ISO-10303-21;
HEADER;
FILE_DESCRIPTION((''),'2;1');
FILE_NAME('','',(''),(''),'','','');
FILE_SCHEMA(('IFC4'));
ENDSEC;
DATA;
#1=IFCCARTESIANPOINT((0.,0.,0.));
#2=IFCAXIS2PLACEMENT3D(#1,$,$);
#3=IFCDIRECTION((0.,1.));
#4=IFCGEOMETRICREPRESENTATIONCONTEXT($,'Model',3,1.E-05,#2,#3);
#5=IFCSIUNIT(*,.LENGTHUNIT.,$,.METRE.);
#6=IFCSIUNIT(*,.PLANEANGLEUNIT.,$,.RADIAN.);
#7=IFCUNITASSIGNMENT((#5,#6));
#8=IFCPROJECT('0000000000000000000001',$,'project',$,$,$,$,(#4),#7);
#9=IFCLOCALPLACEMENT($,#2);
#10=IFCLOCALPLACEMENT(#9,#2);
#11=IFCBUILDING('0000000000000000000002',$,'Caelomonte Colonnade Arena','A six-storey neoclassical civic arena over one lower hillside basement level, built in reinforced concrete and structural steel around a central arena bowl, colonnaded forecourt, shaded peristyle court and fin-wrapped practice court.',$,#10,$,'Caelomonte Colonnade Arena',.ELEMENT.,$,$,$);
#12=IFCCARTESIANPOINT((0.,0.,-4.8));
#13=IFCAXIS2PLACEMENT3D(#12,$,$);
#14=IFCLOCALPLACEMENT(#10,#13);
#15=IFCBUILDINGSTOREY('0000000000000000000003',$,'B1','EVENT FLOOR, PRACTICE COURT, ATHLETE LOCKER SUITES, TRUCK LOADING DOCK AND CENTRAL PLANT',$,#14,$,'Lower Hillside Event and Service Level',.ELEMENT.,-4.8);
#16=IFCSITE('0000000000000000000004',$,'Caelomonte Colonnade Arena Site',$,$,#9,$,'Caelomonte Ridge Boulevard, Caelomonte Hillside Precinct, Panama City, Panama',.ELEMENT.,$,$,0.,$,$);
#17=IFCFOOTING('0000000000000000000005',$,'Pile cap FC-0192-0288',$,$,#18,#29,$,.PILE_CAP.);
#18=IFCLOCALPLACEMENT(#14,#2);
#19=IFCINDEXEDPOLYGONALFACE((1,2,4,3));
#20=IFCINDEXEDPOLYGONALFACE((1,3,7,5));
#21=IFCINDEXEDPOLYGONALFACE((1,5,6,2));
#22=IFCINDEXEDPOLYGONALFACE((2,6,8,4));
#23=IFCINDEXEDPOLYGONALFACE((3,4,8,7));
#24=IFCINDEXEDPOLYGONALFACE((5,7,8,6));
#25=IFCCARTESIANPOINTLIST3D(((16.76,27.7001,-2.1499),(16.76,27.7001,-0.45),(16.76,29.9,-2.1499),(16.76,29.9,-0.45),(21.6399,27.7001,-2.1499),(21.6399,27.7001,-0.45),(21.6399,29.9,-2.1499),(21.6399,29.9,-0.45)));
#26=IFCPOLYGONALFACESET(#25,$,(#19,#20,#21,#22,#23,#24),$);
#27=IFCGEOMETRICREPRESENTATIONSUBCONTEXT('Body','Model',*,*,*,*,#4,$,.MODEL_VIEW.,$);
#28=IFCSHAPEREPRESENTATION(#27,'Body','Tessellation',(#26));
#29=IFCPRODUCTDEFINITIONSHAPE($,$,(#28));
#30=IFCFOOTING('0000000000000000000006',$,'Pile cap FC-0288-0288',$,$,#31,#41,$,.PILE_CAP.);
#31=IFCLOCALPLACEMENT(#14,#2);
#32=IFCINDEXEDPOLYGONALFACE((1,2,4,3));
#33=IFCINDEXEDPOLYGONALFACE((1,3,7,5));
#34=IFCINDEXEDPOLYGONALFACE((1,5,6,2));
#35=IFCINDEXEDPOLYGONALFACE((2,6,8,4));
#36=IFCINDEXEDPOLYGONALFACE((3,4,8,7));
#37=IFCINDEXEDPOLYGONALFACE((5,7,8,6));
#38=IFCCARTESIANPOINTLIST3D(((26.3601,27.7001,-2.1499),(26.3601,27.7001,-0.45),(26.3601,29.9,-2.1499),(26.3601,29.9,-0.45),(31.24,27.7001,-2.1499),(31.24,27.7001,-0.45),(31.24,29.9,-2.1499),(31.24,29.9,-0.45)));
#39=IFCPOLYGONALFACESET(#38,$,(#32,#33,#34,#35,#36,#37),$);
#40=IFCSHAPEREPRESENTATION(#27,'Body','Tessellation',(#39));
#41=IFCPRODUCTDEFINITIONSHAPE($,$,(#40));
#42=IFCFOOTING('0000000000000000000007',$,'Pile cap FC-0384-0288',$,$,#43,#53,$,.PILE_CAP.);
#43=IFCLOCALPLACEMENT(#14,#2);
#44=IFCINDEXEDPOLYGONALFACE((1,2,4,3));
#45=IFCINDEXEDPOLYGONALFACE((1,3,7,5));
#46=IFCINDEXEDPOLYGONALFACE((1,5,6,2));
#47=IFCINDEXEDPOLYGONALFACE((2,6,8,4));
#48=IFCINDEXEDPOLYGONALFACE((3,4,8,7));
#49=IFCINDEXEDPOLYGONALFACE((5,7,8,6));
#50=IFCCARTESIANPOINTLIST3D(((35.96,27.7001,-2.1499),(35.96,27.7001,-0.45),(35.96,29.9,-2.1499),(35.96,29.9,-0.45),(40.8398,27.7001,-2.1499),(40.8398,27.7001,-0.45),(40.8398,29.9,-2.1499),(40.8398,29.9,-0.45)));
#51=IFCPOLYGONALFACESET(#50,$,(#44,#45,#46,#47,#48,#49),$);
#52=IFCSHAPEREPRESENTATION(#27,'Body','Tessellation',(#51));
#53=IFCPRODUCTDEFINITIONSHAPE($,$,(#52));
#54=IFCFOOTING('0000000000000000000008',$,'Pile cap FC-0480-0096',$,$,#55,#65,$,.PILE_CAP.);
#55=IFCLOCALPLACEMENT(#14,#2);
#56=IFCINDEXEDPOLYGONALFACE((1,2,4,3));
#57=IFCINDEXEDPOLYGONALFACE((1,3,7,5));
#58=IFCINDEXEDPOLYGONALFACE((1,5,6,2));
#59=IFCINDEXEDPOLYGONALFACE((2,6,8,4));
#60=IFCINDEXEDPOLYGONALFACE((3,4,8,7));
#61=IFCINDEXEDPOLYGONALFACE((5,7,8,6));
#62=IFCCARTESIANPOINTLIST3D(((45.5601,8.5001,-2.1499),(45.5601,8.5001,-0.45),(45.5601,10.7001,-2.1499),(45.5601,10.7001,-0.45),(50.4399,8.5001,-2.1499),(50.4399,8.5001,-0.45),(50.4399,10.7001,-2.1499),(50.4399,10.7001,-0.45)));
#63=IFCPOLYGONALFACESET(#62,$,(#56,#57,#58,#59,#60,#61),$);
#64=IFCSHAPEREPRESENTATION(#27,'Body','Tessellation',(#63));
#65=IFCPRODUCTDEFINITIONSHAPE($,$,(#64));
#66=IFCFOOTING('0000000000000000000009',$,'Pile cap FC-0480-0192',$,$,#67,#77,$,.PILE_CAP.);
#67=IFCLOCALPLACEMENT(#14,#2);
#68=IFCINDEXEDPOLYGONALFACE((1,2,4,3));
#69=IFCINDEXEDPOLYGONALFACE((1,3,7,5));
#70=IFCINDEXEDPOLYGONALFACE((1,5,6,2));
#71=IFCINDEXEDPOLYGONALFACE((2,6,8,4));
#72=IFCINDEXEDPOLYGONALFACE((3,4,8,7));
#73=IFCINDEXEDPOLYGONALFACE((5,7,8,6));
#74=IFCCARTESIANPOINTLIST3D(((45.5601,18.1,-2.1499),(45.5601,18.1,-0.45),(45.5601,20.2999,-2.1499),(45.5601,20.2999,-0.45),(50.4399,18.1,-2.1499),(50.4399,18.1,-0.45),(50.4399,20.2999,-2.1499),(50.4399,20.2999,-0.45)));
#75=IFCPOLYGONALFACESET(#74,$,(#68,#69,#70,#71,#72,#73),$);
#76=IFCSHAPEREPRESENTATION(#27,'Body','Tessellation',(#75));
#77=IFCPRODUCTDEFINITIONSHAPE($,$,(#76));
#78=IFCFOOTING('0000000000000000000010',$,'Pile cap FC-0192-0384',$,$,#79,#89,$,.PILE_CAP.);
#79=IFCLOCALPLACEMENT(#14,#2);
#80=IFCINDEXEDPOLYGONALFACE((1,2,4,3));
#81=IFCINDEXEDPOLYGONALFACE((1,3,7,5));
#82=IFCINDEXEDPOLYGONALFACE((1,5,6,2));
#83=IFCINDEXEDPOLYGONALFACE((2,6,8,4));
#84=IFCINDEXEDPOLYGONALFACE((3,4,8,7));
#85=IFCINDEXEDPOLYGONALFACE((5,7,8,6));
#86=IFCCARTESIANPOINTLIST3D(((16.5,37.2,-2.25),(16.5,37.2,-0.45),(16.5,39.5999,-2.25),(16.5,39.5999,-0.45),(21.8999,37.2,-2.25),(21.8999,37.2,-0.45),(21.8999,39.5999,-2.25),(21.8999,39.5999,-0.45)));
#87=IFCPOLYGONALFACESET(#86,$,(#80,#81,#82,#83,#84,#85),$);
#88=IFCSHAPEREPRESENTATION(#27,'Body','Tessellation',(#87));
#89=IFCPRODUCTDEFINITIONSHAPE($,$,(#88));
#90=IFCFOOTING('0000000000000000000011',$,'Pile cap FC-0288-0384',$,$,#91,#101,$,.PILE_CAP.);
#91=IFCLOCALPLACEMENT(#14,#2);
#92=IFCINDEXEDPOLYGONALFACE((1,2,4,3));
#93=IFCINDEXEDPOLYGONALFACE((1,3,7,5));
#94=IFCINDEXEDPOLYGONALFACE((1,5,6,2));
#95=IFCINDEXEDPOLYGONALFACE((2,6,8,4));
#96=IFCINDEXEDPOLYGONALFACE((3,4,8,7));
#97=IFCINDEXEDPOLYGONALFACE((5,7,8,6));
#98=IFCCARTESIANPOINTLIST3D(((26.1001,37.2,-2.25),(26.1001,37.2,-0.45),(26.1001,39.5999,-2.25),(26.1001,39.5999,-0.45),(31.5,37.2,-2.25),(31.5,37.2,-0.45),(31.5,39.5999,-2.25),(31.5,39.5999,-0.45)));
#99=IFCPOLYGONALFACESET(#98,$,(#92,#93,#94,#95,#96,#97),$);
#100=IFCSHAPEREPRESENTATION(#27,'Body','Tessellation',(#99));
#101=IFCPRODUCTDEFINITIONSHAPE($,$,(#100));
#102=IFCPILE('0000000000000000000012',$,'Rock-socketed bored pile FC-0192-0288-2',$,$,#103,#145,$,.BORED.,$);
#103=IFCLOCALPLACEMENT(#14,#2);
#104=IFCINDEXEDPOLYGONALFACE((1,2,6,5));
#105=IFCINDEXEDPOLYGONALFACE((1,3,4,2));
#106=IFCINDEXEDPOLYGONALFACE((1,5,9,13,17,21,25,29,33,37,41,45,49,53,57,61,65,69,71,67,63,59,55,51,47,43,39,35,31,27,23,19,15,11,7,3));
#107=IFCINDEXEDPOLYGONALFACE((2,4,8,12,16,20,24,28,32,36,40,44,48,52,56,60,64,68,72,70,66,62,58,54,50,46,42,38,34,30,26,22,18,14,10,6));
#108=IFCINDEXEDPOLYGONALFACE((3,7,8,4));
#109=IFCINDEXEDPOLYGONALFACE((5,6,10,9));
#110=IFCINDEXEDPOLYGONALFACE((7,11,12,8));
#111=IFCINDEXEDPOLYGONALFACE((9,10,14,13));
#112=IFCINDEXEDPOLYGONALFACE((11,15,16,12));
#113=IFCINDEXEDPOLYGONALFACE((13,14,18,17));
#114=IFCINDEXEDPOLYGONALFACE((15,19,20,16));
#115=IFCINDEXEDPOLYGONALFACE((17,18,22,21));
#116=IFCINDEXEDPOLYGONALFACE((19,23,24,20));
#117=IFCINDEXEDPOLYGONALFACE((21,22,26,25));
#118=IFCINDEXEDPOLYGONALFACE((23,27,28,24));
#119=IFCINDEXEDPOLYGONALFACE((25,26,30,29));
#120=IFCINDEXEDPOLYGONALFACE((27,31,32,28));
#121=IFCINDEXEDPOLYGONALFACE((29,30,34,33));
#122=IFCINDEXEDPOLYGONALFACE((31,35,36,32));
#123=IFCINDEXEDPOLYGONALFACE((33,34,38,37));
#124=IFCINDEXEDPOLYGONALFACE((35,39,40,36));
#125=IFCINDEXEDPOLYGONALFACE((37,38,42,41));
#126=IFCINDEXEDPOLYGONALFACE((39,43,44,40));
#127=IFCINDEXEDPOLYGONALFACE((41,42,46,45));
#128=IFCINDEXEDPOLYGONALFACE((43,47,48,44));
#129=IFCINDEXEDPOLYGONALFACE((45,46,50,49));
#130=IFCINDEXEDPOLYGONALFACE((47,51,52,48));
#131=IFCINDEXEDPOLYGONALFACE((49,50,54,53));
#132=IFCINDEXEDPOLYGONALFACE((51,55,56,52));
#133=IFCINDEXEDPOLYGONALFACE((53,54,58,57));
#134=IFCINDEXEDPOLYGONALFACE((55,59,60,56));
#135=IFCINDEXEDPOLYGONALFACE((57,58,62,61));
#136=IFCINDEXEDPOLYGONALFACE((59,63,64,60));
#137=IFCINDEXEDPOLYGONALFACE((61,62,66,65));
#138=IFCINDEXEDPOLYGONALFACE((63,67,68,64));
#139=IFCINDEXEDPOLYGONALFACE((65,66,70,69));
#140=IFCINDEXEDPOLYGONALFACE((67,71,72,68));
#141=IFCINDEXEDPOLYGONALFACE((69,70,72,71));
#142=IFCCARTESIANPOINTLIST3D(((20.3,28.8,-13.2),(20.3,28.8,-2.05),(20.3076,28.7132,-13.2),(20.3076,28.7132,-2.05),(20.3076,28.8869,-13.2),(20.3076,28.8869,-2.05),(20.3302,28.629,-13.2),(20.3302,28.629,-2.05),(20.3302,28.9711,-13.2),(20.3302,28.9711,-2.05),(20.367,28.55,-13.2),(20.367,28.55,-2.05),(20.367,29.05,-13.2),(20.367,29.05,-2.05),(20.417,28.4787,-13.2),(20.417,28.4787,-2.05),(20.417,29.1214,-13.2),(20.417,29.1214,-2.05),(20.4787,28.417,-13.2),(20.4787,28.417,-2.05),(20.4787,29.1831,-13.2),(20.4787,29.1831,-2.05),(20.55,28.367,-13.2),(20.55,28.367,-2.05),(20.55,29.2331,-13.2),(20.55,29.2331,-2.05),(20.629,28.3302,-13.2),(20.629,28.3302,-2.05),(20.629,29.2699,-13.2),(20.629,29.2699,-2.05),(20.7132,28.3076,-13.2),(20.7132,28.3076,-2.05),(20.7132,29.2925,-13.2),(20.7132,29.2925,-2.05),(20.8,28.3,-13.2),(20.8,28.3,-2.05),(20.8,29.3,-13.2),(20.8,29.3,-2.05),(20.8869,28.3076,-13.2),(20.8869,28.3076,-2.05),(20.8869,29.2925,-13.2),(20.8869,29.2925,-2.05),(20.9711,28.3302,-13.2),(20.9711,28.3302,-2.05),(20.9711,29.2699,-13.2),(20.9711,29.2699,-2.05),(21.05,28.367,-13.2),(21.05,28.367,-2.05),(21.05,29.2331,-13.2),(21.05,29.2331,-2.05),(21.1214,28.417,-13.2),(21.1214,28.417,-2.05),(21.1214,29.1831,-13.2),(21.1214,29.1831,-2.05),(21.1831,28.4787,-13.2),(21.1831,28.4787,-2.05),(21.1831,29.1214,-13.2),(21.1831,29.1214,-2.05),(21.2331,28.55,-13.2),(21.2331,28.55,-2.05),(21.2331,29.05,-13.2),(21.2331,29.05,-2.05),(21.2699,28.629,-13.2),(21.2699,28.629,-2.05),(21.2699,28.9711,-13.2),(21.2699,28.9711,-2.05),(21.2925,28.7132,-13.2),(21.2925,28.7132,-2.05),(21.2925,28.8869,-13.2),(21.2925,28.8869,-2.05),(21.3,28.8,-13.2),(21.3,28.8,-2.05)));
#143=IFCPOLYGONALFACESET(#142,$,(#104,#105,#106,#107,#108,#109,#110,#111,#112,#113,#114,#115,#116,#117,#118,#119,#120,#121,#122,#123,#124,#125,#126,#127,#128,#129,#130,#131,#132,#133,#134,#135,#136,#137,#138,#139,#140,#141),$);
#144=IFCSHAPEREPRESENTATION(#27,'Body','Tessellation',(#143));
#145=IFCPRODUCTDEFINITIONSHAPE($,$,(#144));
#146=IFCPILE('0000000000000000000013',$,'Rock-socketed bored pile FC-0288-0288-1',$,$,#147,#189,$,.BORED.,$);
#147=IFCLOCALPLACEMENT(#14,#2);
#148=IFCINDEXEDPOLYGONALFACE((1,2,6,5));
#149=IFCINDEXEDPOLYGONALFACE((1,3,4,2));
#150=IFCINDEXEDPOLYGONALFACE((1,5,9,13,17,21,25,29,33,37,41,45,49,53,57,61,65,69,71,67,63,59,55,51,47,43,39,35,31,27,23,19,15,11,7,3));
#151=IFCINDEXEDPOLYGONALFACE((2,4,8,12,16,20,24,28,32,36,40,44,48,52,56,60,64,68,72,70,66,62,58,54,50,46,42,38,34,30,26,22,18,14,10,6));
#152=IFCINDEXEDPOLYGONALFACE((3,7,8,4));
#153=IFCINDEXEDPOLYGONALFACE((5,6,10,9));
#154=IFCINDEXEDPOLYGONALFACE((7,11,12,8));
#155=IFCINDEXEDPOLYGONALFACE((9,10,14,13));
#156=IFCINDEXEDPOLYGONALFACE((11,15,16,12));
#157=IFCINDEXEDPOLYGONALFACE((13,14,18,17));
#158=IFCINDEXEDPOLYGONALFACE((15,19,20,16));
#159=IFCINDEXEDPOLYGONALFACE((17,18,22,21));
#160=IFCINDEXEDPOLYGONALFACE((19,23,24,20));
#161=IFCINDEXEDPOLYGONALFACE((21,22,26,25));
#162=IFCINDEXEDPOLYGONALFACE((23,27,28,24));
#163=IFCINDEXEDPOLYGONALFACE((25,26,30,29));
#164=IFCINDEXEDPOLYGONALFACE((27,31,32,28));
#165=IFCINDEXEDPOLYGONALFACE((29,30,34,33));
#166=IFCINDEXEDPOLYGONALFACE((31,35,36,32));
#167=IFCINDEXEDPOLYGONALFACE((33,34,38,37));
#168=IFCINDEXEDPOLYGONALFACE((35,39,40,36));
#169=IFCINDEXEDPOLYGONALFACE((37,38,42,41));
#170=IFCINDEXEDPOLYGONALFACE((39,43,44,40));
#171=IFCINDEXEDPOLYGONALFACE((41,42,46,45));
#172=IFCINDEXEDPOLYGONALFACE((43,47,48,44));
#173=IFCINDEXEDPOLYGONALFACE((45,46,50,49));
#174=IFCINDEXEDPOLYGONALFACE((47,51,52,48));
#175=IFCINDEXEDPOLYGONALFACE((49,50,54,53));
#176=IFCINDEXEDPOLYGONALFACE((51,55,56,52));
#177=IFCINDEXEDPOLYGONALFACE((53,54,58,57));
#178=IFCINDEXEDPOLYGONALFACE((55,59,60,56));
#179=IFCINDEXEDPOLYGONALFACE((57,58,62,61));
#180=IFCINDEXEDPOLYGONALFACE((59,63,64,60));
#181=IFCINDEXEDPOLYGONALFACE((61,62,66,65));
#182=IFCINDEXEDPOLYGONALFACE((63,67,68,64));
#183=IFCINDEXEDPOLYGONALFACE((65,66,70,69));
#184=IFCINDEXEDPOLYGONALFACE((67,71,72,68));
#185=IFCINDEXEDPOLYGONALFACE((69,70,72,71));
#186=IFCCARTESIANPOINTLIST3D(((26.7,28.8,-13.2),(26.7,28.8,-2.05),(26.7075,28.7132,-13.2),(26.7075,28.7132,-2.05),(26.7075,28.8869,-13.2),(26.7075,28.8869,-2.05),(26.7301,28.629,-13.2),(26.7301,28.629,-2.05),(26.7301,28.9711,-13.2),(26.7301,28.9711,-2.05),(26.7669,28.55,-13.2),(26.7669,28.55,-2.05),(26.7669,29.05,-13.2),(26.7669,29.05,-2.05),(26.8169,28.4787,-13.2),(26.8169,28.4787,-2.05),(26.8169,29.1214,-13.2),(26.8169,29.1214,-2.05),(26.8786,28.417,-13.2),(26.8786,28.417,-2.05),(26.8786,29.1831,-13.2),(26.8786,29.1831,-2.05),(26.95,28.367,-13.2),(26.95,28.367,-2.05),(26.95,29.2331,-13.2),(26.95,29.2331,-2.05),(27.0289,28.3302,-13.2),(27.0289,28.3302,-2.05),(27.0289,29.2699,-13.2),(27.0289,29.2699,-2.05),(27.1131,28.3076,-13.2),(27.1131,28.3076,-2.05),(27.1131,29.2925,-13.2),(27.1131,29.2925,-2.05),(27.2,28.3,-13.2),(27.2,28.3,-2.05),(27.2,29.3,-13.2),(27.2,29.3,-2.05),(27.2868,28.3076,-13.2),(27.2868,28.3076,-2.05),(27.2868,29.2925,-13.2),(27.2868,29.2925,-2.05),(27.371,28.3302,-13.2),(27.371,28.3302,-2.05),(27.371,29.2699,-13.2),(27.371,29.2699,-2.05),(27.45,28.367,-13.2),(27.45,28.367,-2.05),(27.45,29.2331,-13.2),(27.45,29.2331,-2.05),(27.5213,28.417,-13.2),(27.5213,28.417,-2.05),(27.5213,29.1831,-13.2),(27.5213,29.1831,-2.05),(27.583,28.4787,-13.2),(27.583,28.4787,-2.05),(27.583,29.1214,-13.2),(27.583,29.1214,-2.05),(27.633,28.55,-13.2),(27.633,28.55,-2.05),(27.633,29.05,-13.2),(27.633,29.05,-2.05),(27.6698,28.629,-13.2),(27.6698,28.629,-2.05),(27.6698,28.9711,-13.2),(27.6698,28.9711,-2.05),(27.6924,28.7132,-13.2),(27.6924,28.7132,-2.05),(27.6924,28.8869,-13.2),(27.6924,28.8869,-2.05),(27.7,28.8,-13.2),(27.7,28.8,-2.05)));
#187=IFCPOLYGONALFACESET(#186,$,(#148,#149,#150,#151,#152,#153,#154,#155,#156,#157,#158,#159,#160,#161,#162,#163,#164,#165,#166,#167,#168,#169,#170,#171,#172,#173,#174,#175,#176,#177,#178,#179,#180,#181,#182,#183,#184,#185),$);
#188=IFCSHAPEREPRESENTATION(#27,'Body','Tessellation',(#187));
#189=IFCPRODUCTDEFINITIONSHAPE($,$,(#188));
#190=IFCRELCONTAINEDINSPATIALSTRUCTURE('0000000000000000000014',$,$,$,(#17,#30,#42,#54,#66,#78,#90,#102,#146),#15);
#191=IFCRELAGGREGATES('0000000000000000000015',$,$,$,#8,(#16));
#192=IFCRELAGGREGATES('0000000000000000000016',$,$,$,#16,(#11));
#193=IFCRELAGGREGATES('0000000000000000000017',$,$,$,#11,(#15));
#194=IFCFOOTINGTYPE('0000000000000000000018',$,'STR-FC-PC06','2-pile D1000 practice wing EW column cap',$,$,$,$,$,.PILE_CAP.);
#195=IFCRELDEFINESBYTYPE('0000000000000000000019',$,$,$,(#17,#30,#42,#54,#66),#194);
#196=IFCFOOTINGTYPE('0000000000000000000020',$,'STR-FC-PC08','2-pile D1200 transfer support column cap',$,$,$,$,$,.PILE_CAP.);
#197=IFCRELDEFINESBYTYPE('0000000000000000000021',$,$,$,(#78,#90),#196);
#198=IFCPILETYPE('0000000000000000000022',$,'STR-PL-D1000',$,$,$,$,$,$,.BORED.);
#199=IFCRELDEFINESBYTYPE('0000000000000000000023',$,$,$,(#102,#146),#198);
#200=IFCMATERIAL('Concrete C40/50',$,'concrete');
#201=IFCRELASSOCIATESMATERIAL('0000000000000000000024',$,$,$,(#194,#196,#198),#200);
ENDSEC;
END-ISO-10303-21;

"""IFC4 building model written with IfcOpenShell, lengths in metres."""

from ifc_helpers import new_model, si_unit, direction, frame, origin, origin_2d, place, context, subcontext, project, spatial, rectangle, circle, extrude, material, material_profile, profile_set, type_object, element, save


model = new_model("IFC4")

# Units and contexts
model_context = context("Model", 3, precision=1e-05, world=origin(), true_north=direction((0.0, 1.0)))
body_context = subcontext(model_context, "Body", "Model", "MODEL_VIEW")
ifc_project = project(units=[si_unit("LENGTHUNIT", "METRE"), si_unit("PLANEANGLEUNIT", "RADIAN")], contexts=[model_context])

# Site, building, storey
site_placement = place(None, origin())
site = spatial("IfcSite", under=ifc_project, at=site_placement, Name="Caelomonte Colonnade Arena Site", LongName="Caelomonte Ridge Boulevard, Caelomonte Hillside Precinct, Panama City, Panama", CompositionType="ELEMENT", RefElevation=0.0)
building_placement = place(site_placement, origin())
building = spatial("IfcBuilding", under=site, at=building_placement, Name="Caelomonte Colonnade Arena", Description="A six-storey neoclassical civic arena over one lower hillside basement level, built in reinforced concrete and structural steel around a central arena bowl, colonnaded forecourt, shaded peristyle court and fin-wrapped practice court.", LongName="Caelomonte Colonnade Arena", CompositionType="ELEMENT")
storey_placement = place(building_placement, frame((0.0, 0.0, -4.8)))
storey = spatial("IfcBuildingStorey", under=building, at=storey_placement, Name="B1", Description="EVENT FLOOR, PRACTICE COURT, ATHLETE LOCKER SUITES, TRUCK LOADING DOCK AND CENTRAL PLANT", LongName="Lower Hillside Event and Service Level", CompositionType="ELEMENT", Elevation=-4.8)

# Footings
ifc_material_1 = material(Name="Concrete C40/50", Category="concrete")
footing_type_1 = type_object("IfcFootingType", Name="STR-FC-PC06", Description="2-pile D1000 practice wing EW column cap", PredefinedType="PILE_CAP", material=ifc_material_1)
for number, where, z_axis, x_axis, name in (
    (1, (19.2, 28.8, -2.1499), (0.0, 0.0, 1.0), (1.0, 0.0, 0.0), "Pile cap FC-0192-0288"),
    (2, (28.8, 28.8, -2.1499), (0.0, 0.0, 1.0), (1.0, 0.0, 0.0), "Pile cap FC-0288-0288"),
    (3, (38.3999, 28.8, -2.1499), (0.0, 0.0, 1.0), (1.0, 0.0, 0.0), "Pile cap FC-0384-0288"),
    (4, (48.0, 9.6001, -2.1499), (0.0, 0.0, 1.0), (1.0, 0.0, 0.0), "Pile cap FC-0480-0096"),
    (5, (48.0, 19.2, -2.1499), (0.0, 0.0, 1.0), (1.0, 0.0, 0.0), "Pile cap FC-0480-0192"),
):
    element("IfcFooting", number, at=place(storey_placement, frame(where, z_axis=z_axis, x_axis=x_axis)), inside=storey, type_object=footing_type_1, Name=name, PredefinedType="PILE_CAP", context=body_context, shape_type="SweptSolid", body=[
        extrude(rectangle(XDim=4.8799, YDim=2.2, at=origin_2d()), origin(), (0.0, 0.0, 1.0), 1.7),
    ])
footing_type_2 = type_object("IfcFootingType", Name="STR-FC-PC08", Description="2-pile D1200 transfer support column cap", PredefinedType="PILE_CAP", material=ifc_material_1)
for number, where, z_axis, x_axis, name in (
    (6, (19.2, 38.3999, -2.25), (0.0, 0.0, 1.0), (1.0, 0.0, 0.0), "Pile cap FC-0192-0384"),
    (7, (28.8, 38.3999, -2.25), (0.0, 0.0, 1.0), (1.0, 0.0, 0.0), "Pile cap FC-0288-0384"),
):
    element("IfcFooting", number, at=place(storey_placement, frame(where, z_axis=z_axis, x_axis=x_axis)), inside=storey, type_object=footing_type_2, Name=name, PredefinedType="PILE_CAP", context=body_context, shape_type="SweptSolid", body=[
        extrude(rectangle(XDim=5.3999, YDim=2.3999, at=origin_2d()), origin(), (0.0, 0.0, 1.0), 1.8),
    ])

# Piles
ifc_material_profile_1 = material_profile(ifc_material_1, circle(Radius=0.5, at=origin_2d()), Name="PILE-D1000")
ifc_profile_set_1 = profile_set([ifc_material_profile_1], Name="Concrete C40/50")
pile_type_1 = type_object("IfcPileType", Name="STR-PL-D1000", PredefinedType="BORED", material=ifc_profile_set_1)
for number, where, z_axis, x_axis, name in (
    (8, (20.8, 28.8, -2.05), (0.0, 0.0, -1.0), (1.0, 0.0, 0.0), "Rock-socketed bored pile FC-0192-0288-2"),
    (9, (27.2, 28.8, -2.05), (0.0, 0.0, -1.0), (1.0, 0.0, 0.0), "Rock-socketed bored pile FC-0288-0288-1"),
):
    element("IfcPile", number, at=place(storey_placement, frame(where, z_axis=z_axis, x_axis=x_axis)), inside=storey, type_object=pile_type_1, Name=name, PredefinedType="BORED", context=body_context, shape_type="SweptSolid", body=[
        extrude(circle(Radius=0.5, at=origin_2d()), origin(), (0.0, 0.0, 1.0), 11.1499),
    ])

save(model, "model.ifc")
